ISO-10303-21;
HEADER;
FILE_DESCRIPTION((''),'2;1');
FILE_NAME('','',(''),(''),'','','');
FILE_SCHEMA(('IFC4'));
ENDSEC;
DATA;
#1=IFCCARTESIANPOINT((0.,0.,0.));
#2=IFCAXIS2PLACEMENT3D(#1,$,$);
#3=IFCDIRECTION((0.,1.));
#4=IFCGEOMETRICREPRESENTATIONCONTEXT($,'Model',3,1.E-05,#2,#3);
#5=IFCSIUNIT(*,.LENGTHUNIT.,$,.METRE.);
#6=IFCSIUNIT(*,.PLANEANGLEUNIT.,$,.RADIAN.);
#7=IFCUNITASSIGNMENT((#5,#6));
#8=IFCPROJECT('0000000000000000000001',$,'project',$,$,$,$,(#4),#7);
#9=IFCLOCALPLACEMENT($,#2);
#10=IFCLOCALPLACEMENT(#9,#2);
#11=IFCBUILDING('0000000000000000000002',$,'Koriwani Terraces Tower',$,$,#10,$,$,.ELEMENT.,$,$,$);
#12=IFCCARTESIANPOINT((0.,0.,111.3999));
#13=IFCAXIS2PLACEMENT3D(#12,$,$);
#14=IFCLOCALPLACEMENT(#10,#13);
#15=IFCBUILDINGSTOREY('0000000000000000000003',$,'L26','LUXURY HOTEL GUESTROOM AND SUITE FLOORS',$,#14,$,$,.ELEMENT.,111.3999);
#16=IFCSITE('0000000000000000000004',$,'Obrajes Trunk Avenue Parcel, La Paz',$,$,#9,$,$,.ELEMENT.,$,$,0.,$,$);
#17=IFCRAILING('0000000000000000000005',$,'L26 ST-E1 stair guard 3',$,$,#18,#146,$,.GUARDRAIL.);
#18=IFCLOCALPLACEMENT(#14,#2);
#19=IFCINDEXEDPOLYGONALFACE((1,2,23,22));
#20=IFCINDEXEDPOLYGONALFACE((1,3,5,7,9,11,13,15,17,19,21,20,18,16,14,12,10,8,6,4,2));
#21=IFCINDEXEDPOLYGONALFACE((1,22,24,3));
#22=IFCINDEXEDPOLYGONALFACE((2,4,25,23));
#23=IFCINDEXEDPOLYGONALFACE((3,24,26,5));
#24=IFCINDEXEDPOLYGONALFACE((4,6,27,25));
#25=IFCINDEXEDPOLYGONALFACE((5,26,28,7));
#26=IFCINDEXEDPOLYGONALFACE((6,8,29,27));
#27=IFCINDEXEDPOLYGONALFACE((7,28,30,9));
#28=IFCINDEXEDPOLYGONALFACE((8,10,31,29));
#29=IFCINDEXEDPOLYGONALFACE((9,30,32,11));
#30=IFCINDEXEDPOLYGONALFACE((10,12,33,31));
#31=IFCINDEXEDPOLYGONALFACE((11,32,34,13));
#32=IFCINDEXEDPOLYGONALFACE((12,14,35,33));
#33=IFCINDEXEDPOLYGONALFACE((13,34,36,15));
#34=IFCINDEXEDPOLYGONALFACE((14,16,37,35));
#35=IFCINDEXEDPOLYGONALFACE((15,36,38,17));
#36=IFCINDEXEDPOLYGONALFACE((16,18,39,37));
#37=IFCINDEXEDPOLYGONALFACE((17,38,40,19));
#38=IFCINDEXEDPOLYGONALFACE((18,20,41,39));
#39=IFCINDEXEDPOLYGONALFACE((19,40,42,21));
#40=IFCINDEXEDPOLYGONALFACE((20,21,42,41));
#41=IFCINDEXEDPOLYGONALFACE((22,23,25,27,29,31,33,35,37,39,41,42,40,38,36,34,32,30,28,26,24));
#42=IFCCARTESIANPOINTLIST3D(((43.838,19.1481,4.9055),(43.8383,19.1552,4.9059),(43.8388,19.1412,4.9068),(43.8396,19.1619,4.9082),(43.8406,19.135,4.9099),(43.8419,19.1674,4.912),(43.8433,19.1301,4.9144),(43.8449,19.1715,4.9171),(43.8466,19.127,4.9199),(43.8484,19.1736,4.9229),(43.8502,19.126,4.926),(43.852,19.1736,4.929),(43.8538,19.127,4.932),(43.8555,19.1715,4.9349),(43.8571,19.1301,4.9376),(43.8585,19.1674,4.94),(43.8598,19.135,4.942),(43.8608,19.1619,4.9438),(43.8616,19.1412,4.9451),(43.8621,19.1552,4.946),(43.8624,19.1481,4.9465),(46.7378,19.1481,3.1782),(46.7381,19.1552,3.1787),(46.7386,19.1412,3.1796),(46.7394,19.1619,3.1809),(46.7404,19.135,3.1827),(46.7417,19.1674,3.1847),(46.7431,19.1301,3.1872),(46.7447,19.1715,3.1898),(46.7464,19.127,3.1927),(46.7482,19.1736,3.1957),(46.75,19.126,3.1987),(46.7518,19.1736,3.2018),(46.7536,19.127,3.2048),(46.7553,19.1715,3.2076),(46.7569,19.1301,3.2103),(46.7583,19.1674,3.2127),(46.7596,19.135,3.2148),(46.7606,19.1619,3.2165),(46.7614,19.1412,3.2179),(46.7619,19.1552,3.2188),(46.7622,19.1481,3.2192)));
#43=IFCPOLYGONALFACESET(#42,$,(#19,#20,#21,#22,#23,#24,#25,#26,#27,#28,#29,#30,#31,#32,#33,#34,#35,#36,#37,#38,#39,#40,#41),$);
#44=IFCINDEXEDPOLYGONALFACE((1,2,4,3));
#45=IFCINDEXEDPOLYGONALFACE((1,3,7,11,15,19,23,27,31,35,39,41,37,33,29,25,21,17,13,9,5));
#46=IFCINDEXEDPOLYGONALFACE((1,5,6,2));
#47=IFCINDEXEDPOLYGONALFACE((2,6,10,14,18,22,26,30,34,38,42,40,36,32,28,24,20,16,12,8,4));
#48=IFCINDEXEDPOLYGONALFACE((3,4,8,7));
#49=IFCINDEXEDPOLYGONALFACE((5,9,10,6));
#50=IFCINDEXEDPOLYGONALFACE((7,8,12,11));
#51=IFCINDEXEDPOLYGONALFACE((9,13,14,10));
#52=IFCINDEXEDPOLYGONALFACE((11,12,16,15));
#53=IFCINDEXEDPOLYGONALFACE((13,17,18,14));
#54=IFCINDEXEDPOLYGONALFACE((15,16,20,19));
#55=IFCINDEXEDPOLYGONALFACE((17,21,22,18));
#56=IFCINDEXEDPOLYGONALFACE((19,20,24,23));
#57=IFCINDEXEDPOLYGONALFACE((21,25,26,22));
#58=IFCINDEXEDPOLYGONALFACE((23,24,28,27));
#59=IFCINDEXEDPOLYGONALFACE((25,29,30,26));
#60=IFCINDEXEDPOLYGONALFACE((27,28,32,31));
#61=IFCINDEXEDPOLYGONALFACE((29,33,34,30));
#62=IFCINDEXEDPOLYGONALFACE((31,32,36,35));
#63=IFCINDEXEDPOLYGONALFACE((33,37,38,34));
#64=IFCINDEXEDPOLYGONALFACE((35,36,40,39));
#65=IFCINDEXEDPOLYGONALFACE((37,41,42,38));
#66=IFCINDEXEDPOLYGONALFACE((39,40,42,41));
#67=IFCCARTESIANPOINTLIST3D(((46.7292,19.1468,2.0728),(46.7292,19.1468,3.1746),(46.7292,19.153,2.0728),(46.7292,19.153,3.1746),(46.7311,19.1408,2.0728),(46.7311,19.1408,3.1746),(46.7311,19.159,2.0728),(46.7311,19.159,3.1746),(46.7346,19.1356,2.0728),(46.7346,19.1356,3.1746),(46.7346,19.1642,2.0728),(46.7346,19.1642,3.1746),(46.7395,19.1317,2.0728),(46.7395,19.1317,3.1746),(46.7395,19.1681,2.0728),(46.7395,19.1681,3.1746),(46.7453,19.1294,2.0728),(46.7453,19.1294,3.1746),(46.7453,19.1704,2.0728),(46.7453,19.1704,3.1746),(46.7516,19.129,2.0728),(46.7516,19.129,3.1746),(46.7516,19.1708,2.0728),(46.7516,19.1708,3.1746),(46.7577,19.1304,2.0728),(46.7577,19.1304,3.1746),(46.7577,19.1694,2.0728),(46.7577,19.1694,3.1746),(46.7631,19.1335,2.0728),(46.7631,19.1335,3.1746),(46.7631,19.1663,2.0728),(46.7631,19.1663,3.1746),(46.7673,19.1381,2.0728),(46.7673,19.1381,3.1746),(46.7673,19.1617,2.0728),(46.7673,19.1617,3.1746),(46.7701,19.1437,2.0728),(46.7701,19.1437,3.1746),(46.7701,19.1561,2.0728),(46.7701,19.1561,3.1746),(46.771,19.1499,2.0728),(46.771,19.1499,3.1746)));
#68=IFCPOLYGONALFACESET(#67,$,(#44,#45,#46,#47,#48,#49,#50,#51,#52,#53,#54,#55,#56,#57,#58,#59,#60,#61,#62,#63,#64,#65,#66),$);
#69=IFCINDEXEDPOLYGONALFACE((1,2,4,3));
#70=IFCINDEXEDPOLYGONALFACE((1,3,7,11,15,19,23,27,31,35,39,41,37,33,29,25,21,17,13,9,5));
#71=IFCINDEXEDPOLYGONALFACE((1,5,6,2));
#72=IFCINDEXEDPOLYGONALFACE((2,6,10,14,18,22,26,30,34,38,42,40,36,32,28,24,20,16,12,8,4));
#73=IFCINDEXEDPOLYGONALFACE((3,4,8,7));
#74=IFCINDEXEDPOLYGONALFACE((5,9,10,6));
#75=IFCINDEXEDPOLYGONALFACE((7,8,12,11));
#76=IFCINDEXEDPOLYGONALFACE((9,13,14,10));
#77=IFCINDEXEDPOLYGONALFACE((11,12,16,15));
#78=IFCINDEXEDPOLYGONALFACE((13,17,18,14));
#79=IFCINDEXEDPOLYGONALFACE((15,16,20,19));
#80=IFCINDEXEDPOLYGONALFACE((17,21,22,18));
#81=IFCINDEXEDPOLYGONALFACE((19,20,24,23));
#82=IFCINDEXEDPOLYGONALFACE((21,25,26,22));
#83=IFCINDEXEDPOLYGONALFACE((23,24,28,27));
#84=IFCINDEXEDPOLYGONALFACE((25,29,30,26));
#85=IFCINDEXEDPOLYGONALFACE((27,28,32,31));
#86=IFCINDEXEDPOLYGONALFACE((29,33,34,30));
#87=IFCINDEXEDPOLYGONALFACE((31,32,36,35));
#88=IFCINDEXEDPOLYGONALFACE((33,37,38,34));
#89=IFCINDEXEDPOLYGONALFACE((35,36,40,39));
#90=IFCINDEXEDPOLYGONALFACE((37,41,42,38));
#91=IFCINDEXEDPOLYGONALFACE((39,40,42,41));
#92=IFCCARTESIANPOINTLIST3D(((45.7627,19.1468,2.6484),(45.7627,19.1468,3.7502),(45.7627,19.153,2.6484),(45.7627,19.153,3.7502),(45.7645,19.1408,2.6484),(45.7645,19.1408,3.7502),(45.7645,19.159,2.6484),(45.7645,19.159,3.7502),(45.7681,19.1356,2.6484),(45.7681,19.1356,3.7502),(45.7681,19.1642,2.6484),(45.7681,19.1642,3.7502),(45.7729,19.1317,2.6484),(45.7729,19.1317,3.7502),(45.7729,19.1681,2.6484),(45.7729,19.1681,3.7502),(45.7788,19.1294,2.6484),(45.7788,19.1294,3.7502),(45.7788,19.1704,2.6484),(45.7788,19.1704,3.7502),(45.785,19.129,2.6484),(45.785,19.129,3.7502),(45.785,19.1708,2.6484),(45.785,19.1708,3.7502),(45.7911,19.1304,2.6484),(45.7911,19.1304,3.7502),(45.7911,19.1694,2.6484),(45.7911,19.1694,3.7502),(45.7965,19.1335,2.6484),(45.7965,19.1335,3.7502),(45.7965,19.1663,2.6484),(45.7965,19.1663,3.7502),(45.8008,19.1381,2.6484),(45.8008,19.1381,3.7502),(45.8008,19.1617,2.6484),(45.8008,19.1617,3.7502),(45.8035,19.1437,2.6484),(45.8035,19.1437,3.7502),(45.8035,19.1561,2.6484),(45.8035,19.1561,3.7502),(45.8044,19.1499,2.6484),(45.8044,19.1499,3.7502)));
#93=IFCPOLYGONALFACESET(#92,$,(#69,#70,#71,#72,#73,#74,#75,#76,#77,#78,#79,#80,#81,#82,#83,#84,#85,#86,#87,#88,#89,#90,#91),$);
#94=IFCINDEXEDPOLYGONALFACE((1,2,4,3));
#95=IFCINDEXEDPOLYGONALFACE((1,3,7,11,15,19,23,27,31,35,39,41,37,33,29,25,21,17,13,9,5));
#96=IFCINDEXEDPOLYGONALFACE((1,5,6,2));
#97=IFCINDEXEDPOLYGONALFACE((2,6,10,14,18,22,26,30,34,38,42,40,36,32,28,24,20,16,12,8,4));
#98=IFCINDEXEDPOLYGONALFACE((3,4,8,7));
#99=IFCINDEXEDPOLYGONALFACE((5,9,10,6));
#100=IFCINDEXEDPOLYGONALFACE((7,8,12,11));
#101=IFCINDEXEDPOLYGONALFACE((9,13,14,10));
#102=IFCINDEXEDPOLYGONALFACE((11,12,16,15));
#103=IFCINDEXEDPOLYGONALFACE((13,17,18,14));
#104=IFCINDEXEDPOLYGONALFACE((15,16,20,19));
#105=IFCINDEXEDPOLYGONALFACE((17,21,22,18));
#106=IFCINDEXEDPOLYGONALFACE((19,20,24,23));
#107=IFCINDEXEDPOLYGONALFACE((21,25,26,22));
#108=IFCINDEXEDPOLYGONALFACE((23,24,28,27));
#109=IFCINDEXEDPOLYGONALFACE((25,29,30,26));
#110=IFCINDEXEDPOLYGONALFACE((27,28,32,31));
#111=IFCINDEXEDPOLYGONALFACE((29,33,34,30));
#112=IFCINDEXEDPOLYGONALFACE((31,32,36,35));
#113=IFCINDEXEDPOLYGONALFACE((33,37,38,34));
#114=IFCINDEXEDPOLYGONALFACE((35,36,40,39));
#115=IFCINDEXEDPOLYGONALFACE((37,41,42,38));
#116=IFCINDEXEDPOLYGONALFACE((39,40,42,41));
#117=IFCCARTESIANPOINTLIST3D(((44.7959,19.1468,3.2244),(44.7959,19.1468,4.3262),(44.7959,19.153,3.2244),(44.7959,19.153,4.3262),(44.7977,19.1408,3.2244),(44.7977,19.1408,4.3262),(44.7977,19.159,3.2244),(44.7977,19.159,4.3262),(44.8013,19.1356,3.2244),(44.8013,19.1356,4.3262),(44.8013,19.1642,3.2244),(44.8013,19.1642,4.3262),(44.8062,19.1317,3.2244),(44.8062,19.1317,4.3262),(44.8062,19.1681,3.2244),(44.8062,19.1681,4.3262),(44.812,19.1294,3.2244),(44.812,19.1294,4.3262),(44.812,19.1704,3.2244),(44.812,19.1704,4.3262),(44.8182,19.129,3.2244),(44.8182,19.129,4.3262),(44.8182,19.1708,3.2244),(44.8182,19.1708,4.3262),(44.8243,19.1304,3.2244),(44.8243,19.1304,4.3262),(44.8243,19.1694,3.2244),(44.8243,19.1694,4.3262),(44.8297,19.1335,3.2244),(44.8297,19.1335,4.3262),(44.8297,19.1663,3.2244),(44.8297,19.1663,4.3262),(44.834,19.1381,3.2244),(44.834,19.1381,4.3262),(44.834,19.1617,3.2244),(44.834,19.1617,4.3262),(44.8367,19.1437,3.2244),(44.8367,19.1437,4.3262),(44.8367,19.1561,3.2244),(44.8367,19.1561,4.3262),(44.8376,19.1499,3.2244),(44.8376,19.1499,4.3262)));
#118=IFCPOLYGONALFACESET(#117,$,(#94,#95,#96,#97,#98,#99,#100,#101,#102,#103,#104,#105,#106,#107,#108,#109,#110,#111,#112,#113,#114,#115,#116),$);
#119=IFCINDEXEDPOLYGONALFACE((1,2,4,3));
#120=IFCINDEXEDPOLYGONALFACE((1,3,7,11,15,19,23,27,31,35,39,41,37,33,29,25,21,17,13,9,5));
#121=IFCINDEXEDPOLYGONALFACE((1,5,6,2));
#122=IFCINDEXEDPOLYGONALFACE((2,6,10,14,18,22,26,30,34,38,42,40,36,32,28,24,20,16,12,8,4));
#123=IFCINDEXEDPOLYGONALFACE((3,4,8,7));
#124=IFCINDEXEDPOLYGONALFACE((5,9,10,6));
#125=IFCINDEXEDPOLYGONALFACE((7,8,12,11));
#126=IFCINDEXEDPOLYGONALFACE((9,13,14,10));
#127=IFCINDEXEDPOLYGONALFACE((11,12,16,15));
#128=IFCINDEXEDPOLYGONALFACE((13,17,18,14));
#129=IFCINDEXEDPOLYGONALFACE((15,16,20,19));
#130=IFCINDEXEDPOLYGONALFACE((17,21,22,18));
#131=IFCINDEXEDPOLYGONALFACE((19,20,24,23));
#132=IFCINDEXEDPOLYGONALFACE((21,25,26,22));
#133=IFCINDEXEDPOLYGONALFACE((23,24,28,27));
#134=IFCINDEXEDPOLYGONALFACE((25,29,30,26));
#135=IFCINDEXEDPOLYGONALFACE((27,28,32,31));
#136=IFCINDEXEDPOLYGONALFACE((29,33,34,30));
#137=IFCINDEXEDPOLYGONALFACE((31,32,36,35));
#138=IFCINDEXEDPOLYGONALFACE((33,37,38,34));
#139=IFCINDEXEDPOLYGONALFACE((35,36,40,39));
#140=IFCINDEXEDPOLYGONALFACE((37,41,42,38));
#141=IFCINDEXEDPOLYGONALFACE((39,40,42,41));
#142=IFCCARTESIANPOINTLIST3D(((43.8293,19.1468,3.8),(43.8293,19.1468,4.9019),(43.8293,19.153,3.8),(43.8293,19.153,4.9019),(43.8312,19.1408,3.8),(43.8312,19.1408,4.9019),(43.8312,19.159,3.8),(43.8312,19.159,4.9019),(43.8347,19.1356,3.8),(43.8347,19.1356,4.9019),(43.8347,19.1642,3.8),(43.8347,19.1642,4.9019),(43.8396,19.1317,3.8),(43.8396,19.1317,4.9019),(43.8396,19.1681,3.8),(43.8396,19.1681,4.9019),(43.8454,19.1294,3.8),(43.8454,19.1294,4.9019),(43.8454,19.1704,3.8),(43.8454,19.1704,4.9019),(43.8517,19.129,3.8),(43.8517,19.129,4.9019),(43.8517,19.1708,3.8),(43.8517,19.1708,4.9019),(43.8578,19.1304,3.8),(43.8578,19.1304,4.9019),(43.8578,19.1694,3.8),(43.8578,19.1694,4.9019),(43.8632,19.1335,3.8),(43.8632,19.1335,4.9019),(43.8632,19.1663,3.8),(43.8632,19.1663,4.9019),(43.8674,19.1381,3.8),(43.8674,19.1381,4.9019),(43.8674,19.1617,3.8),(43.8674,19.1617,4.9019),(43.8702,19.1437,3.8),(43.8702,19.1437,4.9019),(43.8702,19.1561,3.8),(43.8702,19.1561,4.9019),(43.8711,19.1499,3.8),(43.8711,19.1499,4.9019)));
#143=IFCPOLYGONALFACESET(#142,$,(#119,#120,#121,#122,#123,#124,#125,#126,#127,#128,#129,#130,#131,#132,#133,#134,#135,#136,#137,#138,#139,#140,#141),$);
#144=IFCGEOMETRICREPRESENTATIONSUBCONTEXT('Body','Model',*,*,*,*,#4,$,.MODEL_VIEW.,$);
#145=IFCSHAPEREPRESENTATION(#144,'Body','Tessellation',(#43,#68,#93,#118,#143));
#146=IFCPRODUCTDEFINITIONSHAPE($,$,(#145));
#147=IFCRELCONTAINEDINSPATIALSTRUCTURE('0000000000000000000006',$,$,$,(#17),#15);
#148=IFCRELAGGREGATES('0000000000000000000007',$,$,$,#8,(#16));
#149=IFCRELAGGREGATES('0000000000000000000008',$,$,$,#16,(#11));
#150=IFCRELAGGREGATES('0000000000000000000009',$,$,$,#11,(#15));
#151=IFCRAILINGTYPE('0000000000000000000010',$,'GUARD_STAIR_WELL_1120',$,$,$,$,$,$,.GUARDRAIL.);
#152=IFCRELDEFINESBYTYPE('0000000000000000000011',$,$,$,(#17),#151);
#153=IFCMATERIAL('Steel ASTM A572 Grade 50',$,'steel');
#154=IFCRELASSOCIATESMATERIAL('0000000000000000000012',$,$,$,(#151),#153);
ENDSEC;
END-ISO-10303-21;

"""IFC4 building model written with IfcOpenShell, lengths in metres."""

from ifc_helpers import new_model, si_unit, direction, frame, origin, origin_2d, place, context, subcontext, project, spatial, circle, extrude, material, type_object, element, save


model = new_model("IFC4")

# Units and contexts
model_context = context("Model", 3, precision=1e-05, world=origin(), true_north=direction((0.0, 1.0)))
body_context = subcontext(model_context, "Body", "Model", "MODEL_VIEW")
ifc_project = project(units=[si_unit("LENGTHUNIT", "METRE"), si_unit("PLANEANGLEUNIT", "RADIAN")], contexts=[model_context])

# Site, building, storey
site_placement = place(None, origin())
site = spatial("IfcSite", under=ifc_project, at=site_placement, Name="Obrajes Trunk Avenue Parcel, La Paz", CompositionType="ELEMENT", RefElevation=0.0)
building_placement = place(site_placement, origin())
building = spatial("IfcBuilding", under=site, at=building_placement, Name="Koriwani Terraces Tower", CompositionType="ELEMENT")
storey_placement = place(building_placement, frame((0.0, 0.0, 111.3999)))
storey = spatial("IfcBuildingStorey", under=building, at=storey_placement, Name="L26", Description="LUXURY HOTEL GUESTROOM AND SUITE FLOORS", CompositionType="ELEMENT", Elevation=111.3999)

# Shared definitions
ifc_material_1 = material(Name="Steel ASTM A572 Grade 50", Category="steel")

# Railing
railing_type_1 = type_object("IfcRailingType", Name="GUARD_STAIR_WELL_1120", PredefinedType="GUARDRAIL", material=ifc_material_1)
railing_1_placement = place(storey_placement, frame((46.75, 19.1499, 2.0728)))
element("IfcRailing", 1, at=railing_1_placement, inside=storey, type_object=railing_type_1, Name="L26 ST-E1 stair guard 3", PredefinedType="GUARDRAIL", context=body_context, shape_type="SweptSolid", body=[
    extrude(circle(Radius=0.0239, at=origin_2d()), frame((0.0, 0.0, 1.126), z_axis=(-0.859141, 0.0, 0.511738), x_axis=(0.0, -1.0, 0.0)), (0.0, 0.0, 1.0), 3.3752),
    extrude(circle(Radius=0.021, at=origin_2d()), origin(), (0.0, 0.0, 1.0), 1.1018),
    extrude(circle(Radius=0.021, at=origin_2d()), frame((-0.9666, 0.0, 0.5757)), (0.0, 0.0, 1.0), 1.1018),
    extrude(circle(Radius=0.021, at=origin_2d()), frame((-1.9333, 0.0, 1.1516)), (0.0, 0.0, 1.0), 1.1018),
    extrude(circle(Radius=0.021, at=origin_2d()), frame((-2.8999, 0.0, 1.7273)), (0.0, 0.0, 1.0), 1.1018),
])

save(model, "model.ifc")
